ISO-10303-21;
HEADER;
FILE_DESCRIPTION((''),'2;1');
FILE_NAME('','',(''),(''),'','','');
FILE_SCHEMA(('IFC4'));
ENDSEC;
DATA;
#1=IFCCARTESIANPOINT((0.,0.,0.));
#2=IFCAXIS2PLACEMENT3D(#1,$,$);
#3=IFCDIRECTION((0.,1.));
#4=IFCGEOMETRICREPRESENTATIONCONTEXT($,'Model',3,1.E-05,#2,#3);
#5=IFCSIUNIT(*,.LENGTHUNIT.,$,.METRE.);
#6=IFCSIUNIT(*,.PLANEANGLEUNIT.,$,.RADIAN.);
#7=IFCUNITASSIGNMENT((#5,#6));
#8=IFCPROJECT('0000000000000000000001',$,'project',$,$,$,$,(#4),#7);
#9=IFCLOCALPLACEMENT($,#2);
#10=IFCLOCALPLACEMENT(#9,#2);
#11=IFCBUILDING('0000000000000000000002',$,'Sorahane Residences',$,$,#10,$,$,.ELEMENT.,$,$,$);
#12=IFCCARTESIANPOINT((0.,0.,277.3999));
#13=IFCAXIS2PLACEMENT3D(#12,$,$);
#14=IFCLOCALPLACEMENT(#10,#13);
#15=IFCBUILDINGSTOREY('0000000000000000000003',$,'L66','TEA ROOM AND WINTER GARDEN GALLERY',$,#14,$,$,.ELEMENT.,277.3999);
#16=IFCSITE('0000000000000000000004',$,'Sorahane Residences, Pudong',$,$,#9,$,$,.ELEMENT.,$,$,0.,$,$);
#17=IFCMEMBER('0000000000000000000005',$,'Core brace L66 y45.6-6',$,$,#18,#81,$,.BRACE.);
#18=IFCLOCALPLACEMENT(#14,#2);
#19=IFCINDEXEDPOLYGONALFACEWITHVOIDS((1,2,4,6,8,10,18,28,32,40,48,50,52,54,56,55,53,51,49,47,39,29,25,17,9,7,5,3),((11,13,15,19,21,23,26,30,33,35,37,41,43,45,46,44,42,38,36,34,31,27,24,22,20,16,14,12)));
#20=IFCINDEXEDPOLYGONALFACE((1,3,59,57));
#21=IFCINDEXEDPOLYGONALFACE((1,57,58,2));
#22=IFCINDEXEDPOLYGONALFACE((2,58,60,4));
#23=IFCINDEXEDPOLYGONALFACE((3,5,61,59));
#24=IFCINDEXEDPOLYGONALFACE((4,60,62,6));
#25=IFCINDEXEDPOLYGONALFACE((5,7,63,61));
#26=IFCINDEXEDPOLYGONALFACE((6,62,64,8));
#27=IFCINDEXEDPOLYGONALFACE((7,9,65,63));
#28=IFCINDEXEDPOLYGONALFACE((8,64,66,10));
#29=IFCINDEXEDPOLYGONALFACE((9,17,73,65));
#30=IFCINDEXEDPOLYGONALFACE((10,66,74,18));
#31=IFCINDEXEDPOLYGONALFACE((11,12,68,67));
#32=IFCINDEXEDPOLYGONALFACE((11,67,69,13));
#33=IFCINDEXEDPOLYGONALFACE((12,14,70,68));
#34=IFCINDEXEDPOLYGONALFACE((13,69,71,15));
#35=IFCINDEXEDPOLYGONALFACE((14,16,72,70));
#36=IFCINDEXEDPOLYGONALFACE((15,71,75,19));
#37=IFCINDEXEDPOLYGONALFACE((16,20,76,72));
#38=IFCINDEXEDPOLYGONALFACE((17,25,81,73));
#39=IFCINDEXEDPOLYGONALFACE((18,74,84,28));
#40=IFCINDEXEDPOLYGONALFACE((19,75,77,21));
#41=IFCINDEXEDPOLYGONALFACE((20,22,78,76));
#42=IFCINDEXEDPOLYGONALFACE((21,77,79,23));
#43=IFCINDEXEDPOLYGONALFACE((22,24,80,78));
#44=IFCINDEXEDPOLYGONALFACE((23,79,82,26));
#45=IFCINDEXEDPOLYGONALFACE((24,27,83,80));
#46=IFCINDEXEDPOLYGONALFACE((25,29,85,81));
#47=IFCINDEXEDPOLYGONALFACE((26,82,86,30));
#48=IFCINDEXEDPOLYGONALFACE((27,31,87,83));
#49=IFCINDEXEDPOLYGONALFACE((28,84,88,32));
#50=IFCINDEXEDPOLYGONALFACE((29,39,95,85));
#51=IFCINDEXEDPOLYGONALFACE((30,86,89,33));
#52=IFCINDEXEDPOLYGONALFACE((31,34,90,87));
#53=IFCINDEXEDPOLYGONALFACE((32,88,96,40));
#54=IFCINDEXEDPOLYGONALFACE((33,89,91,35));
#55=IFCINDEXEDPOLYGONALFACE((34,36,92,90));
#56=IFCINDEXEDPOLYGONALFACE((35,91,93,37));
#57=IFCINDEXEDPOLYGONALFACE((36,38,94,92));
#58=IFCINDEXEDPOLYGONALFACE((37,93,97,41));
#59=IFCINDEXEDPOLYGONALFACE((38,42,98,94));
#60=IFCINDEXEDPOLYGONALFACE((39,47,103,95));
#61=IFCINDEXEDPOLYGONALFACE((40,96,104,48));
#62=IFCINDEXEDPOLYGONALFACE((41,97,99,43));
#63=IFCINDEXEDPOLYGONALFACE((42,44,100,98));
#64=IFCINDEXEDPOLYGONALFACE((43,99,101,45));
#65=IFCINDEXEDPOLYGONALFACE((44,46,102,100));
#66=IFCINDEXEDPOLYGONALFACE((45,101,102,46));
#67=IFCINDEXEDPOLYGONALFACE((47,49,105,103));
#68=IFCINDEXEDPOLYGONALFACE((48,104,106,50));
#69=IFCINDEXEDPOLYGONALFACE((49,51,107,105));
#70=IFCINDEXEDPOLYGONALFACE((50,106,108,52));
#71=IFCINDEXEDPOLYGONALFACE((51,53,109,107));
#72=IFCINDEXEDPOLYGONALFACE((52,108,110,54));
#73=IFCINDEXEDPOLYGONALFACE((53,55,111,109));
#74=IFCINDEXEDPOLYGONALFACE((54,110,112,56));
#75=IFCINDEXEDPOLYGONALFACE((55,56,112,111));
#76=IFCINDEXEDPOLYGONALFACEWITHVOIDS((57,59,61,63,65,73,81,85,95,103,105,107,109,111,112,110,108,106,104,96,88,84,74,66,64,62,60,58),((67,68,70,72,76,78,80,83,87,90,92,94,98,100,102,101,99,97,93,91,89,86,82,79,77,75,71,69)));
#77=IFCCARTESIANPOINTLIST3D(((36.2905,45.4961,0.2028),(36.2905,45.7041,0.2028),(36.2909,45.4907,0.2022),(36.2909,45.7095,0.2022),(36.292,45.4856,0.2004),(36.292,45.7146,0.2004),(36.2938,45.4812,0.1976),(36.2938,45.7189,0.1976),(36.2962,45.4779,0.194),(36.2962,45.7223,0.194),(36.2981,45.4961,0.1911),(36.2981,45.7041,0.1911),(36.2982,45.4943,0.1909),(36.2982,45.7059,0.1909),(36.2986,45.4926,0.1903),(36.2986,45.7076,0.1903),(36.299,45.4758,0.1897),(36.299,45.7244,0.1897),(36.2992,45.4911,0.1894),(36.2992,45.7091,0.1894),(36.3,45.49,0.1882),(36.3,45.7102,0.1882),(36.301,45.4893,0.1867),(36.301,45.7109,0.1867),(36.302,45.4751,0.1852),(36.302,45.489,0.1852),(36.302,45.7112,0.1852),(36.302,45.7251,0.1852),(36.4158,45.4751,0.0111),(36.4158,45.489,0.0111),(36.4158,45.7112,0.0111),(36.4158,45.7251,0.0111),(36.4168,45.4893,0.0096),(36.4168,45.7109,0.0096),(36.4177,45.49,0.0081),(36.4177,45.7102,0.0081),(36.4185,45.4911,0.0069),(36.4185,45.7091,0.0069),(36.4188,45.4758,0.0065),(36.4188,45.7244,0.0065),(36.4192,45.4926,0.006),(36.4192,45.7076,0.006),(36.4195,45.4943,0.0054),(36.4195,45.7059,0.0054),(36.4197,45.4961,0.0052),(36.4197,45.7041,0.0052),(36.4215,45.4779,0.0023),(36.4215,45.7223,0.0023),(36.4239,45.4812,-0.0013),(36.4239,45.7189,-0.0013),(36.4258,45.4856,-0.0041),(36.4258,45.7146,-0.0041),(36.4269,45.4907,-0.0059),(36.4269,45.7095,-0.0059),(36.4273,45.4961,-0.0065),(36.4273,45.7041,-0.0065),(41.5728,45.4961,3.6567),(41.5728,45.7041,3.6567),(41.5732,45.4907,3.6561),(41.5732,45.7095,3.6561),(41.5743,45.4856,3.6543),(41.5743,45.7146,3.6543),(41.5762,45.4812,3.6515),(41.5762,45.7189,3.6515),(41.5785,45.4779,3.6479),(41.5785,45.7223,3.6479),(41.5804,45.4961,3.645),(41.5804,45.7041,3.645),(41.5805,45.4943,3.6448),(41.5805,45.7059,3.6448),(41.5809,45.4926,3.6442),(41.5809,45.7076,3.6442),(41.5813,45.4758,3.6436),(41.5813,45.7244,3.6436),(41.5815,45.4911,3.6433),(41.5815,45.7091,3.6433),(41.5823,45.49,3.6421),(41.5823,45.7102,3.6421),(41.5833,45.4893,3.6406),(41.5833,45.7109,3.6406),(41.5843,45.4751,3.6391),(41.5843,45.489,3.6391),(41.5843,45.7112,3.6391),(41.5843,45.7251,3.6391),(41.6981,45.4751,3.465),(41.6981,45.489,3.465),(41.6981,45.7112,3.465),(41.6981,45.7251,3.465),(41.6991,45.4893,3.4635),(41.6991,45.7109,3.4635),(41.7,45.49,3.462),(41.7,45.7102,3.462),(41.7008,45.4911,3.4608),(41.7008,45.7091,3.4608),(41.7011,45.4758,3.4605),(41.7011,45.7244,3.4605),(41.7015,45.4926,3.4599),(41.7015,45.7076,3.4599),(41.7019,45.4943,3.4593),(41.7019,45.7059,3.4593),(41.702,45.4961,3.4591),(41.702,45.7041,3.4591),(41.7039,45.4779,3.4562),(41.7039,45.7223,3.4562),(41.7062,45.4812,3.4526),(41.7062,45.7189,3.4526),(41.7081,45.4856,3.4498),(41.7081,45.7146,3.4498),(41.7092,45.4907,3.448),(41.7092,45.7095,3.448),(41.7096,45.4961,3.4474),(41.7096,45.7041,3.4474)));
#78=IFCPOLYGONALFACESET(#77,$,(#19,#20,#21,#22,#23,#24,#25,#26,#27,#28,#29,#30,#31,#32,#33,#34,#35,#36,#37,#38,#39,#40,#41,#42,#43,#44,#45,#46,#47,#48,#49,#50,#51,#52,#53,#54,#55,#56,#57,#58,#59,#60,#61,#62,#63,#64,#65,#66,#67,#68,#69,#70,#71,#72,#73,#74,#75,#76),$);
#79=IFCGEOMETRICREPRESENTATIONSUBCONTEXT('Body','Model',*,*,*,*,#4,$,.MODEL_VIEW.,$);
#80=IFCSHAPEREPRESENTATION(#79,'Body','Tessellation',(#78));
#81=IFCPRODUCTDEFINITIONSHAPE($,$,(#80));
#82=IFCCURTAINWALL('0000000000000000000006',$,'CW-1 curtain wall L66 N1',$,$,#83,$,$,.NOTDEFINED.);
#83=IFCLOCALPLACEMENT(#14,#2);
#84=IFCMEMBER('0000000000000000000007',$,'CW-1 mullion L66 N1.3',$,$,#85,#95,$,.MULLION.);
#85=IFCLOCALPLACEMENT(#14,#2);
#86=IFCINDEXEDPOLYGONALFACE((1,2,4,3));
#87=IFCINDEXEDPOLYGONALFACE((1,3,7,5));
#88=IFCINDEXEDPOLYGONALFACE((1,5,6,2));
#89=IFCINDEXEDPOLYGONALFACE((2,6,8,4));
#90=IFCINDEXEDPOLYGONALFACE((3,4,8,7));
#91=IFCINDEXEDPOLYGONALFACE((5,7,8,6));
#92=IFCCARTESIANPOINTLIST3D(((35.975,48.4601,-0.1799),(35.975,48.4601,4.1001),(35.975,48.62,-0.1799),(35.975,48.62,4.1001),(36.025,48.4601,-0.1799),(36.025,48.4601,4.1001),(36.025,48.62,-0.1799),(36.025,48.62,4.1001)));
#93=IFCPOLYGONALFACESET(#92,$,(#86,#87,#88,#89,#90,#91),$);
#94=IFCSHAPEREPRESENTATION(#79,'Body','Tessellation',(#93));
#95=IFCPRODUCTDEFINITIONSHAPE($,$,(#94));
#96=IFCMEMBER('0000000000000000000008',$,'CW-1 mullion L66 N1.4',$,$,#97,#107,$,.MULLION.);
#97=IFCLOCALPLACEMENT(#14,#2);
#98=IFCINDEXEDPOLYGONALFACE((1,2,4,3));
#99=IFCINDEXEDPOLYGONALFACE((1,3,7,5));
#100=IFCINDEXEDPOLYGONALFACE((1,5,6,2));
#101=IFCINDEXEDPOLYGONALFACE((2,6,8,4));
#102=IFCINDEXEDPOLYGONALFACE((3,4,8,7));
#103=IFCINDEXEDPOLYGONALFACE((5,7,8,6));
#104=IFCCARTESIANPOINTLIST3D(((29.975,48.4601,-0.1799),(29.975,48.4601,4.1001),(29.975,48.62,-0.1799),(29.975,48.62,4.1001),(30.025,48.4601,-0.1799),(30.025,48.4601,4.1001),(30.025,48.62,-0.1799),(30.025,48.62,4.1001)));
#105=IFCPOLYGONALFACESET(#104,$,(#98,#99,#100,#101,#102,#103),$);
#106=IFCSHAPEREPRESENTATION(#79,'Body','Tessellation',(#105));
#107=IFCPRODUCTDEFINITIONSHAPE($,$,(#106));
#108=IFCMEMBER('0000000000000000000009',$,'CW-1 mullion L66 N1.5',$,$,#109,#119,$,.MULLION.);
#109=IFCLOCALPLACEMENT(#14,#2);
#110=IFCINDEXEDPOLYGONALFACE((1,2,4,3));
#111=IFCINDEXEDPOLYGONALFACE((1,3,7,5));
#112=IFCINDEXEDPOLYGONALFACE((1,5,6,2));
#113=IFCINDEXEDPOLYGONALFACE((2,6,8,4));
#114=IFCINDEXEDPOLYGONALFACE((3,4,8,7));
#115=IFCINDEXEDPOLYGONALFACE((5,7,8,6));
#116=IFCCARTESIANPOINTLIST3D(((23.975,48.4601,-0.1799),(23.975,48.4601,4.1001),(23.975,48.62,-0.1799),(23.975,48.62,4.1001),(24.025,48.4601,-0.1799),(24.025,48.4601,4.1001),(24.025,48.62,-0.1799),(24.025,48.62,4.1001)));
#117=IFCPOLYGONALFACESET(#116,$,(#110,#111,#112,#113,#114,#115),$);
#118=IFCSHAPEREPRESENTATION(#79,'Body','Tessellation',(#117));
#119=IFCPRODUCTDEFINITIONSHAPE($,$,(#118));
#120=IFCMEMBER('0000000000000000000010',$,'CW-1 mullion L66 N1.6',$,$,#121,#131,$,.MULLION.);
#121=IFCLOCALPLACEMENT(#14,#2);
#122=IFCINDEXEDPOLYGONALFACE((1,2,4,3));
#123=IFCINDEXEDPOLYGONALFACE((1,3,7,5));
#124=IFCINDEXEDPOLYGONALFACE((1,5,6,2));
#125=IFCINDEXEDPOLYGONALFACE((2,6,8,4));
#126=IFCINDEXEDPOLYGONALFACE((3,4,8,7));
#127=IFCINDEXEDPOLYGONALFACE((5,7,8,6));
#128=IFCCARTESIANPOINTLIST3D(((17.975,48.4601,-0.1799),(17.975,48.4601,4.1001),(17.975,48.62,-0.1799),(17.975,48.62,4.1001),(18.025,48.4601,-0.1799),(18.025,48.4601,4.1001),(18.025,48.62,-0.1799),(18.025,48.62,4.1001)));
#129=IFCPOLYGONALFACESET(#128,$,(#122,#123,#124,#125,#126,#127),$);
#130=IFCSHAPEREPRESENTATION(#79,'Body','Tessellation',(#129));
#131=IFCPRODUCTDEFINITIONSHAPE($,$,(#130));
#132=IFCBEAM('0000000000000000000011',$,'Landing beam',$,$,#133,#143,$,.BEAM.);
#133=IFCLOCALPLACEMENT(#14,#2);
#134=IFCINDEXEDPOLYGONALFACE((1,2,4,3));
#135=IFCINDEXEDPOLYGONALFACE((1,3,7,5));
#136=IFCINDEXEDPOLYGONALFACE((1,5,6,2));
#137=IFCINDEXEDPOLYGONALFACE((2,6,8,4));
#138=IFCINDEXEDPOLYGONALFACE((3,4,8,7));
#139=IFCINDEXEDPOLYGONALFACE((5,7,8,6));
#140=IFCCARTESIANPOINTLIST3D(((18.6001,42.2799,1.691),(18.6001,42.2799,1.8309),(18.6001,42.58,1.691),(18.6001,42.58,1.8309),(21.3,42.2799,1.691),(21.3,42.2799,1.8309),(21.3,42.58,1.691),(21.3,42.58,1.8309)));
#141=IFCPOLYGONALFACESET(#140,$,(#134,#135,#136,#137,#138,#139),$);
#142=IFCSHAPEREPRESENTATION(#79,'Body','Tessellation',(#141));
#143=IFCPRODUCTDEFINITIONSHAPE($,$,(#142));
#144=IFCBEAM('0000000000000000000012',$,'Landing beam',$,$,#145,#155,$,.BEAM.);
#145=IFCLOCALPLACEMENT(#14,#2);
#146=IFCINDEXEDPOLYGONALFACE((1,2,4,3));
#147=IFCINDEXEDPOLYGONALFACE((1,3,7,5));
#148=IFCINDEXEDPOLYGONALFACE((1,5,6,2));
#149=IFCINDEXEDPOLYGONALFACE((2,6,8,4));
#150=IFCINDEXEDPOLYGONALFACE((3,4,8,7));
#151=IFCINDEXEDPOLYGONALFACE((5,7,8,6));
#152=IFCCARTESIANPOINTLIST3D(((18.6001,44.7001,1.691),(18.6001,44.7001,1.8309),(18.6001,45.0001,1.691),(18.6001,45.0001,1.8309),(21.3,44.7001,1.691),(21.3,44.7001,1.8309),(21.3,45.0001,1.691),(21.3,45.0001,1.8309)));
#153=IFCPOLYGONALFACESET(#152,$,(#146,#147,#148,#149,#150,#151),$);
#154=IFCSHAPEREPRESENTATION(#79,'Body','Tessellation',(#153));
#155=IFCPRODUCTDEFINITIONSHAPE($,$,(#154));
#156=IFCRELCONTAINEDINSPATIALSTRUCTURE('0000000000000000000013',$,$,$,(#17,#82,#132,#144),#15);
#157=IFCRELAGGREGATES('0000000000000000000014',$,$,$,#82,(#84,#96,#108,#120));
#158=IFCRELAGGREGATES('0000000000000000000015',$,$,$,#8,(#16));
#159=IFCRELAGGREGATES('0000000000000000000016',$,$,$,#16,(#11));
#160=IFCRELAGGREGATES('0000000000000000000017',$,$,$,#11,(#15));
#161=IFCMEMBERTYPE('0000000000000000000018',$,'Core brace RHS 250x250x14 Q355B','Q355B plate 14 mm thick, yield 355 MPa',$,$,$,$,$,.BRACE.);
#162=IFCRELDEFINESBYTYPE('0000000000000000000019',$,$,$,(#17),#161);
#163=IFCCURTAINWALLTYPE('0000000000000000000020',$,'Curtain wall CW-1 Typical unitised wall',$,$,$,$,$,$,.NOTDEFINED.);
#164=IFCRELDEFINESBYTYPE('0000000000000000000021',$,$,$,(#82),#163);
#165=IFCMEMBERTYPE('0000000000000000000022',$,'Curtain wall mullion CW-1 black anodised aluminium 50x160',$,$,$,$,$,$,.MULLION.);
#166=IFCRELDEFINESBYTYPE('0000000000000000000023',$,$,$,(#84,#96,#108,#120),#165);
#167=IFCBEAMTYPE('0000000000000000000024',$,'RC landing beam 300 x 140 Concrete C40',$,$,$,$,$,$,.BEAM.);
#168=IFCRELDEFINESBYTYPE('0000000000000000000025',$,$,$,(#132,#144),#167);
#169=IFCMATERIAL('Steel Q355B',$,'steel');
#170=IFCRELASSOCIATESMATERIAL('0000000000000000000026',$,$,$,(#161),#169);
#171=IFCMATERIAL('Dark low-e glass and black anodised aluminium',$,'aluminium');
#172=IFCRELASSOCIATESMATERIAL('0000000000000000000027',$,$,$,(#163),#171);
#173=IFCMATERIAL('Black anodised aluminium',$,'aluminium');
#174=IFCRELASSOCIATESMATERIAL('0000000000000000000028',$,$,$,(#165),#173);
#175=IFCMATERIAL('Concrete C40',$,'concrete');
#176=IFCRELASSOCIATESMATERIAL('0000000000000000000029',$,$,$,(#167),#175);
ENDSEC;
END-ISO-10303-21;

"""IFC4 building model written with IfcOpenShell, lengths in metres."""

from ifc_helpers import new_model, si_unit, direction, frame, origin, origin_2d, place, context, subcontext, project, spatial, rectangle, hollow_rectangle, extrude, material, material_profile, profile_set, type_object, element, aggregate, save


model = new_model("IFC4")

# Units and contexts
model_context = context("Model", 3, precision=1e-05, world=origin(), true_north=direction((0.0, 1.0)))
body_context = subcontext(model_context, "Body", "Model", "MODEL_VIEW")
ifc_project = project(units=[si_unit("LENGTHUNIT", "METRE"), si_unit("PLANEANGLEUNIT", "RADIAN")], contexts=[model_context])

# Site, building, storey
site_placement = place(None, origin())
site = spatial("IfcSite", under=ifc_project, at=site_placement, Name="Sorahane Residences, Pudong", CompositionType="ELEMENT", RefElevation=0.0)
building_placement = place(site_placement, origin())
building = spatial("IfcBuilding", under=site, at=building_placement, Name="Sorahane Residences", CompositionType="ELEMENT")
storey_placement = place(building_placement, frame((0.0, 0.0, 277.3999)))
storey = spatial("IfcBuildingStorey", under=building, at=storey_placement, Name="L66", Description="TEA ROOM AND WINTER GARDEN GALLERY", CompositionType="ELEMENT", Elevation=277.3999)

# Member
ifc_material_1 = material(Name="Steel Q355B", Category="steel")
ifc_material_profile_1 = material_profile(ifc_material_1, hollow_rectangle(XDim=0.25, YDim=0.25, WallThickness=0.0139, InnerFilletRadius=0.0071, OuterFilletRadius=0.021, at=origin_2d()), Name="RHS 250x250x14")
ifc_profile_set_1 = profile_set([ifc_material_profile_1], Name="Steel Q355B")
member_type_1 = type_object("IfcMemberType", Name="Core brace RHS 250x250x14 Q355B", Description="Q355B plate 14 mm thick, yield 355 MPa", PredefinedType="BRACE", material=ifc_profile_set_1)
for number, where, z_axis, x_axis, name in (
    (1, (36.3589, 45.6001, 0.0981), (0.836963, 0.0, 0.54726), (0.0, 1.0, 0.0), "Core brace L66 y45.6-6"),
):
    element("IfcMember", number, at=place(storey_placement, frame(where, z_axis=z_axis, x_axis=x_axis)), inside=storey, type_object=member_type_1, Name=name, PredefinedType="BRACE", context=body_context, shape_type="SweptSolid", body=[
        extrude(hollow_rectangle(XDim=0.25, YDim=0.25, WallThickness=0.0139, InnerFilletRadius=0.0071, OuterFilletRadius=0.021, at=origin_2d()), origin(), (0.0, 0.0, 1.0), 6.3113),
    ])

# Curtain wall, members
ifc_material_2 = material(Name="Dark low-e glass and black anodised aluminium", Category="aluminium")
curtain_wall_type = type_object("IfcCurtainWallType", Name="Curtain wall CW-1 Typical unitised wall", PredefinedType="NOTDEFINED", material=ifc_material_2)
curtain_wall_placement = place(storey_placement, origin())
curtain_wall = element("IfcCurtainWall", 2, at=curtain_wall_placement, inside=storey, type_object=curtain_wall_type, Name="CW-1 curtain wall L66 N1", PredefinedType="NOTDEFINED")
ifc_material_3 = material(Name="Black anodised aluminium", Category="aluminium")
ifc_material_profile_2 = material_profile(ifc_material_3, rectangle(XDim=0.1599, YDim=0.05, at=origin_2d()), Name="Curtain wall mullion CW-1 black anodised aluminium 50x160")
ifc_profile_set_2 = profile_set([ifc_material_profile_2], Name="Black anodised aluminium")
member_type_2 = type_object("IfcMemberType", Name="Curtain wall mullion CW-1 black anodised aluminium 50x160", PredefinedType="MULLION", material=ifc_profile_set_2)
member_1_placement = place(storey_placement, frame((36.0, 48.54, -0.1799), z_axis=(0.0, 0.0, 1.0), x_axis=(0.0, 1.0, 0.0)))
member_1 = element("IfcMember", 3, at=member_1_placement, type_object=member_type_2, Name="CW-1 mullion L66 N1.3", PredefinedType="MULLION", context=body_context, shape_type="SweptSolid", body=[
    extrude(rectangle(XDim=0.1599, YDim=0.05, at=origin_2d()), origin(), (0.0, 0.0, 1.0), 4.28),
])
member_2_placement = place(storey_placement, frame((30.0, 48.54, -0.1799), z_axis=(0.0, 0.0, 1.0), x_axis=(0.0, 1.0, 0.0)))
member_2 = element("IfcMember", 4, at=member_2_placement, type_object=member_type_2, Name="CW-1 mullion L66 N1.4", PredefinedType="MULLION", context=body_context, shape_type="SweptSolid", body=[
    extrude(rectangle(XDim=0.1599, YDim=0.05, at=origin_2d()), origin(), (0.0, 0.0, 1.0), 4.28),
])
member_3_placement = place(storey_placement, frame((24.0, 48.54, -0.1799), z_axis=(0.0, 0.0, 1.0), x_axis=(0.0, 1.0, 0.0)))
member_3 = element("IfcMember", 5, at=member_3_placement, type_object=member_type_2, Name="CW-1 mullion L66 N1.5", PredefinedType="MULLION", context=body_context, shape_type="SweptSolid", body=[
    extrude(rectangle(XDim=0.1599, YDim=0.05, at=origin_2d()), origin(), (0.0, 0.0, 1.0), 4.28),
])
member_4_placement = place(storey_placement, frame((18.0, 48.54, -0.1799), z_axis=(0.0, 0.0, 1.0), x_axis=(0.0, 1.0, 0.0)))
member_4 = element("IfcMember", 6, at=member_4_placement, type_object=member_type_2, Name="CW-1 mullion L66 N1.6", PredefinedType="MULLION", context=body_context, shape_type="SweptSolid", body=[
    extrude(rectangle(XDim=0.1599, YDim=0.05, at=origin_2d()), origin(), (0.0, 0.0, 1.0), 4.28),
])

# Beams
ifc_material_4 = material(Name="Concrete C40", Category="concrete")
ifc_material_profile_3 = material_profile(ifc_material_4, rectangle(XDim=0.3, YDim=0.1399, at=origin_2d()), Name="300x140")
ifc_profile_set_3 = profile_set([ifc_material_profile_3], Name="Concrete C40")
beam_type_1 = type_object("IfcBeamType", Name="RC landing beam 300 x 140 Concrete C40", PredefinedType="BEAM", material=ifc_profile_set_3)
for number, where, z_axis, x_axis, name in (
    (7, (18.6001, 42.4299, 1.761), (1.0, 0.0, 0.0), (0.0, 1.0, 0.0), "Landing beam"),
    (8, (18.6001, 44.8501, 1.761), (1.0, 0.0, 0.0), (0.0, 1.0, 0.0), "Landing beam"),
):
    element("IfcBeam", number, at=place(storey_placement, frame(where, z_axis=z_axis, x_axis=x_axis)), inside=storey, type_object=beam_type_1, Name=name, PredefinedType="BEAM", context=body_context, shape_type="SweptSolid", body=[
        extrude(rectangle(XDim=0.3, YDim=0.1399, at=origin_2d()), origin(), (0.0, 0.0, 1.0), 2.7),
    ])

aggregate(curtain_wall, [member_1, member_2, member_3, member_4])

save(model, "model.ifc")
